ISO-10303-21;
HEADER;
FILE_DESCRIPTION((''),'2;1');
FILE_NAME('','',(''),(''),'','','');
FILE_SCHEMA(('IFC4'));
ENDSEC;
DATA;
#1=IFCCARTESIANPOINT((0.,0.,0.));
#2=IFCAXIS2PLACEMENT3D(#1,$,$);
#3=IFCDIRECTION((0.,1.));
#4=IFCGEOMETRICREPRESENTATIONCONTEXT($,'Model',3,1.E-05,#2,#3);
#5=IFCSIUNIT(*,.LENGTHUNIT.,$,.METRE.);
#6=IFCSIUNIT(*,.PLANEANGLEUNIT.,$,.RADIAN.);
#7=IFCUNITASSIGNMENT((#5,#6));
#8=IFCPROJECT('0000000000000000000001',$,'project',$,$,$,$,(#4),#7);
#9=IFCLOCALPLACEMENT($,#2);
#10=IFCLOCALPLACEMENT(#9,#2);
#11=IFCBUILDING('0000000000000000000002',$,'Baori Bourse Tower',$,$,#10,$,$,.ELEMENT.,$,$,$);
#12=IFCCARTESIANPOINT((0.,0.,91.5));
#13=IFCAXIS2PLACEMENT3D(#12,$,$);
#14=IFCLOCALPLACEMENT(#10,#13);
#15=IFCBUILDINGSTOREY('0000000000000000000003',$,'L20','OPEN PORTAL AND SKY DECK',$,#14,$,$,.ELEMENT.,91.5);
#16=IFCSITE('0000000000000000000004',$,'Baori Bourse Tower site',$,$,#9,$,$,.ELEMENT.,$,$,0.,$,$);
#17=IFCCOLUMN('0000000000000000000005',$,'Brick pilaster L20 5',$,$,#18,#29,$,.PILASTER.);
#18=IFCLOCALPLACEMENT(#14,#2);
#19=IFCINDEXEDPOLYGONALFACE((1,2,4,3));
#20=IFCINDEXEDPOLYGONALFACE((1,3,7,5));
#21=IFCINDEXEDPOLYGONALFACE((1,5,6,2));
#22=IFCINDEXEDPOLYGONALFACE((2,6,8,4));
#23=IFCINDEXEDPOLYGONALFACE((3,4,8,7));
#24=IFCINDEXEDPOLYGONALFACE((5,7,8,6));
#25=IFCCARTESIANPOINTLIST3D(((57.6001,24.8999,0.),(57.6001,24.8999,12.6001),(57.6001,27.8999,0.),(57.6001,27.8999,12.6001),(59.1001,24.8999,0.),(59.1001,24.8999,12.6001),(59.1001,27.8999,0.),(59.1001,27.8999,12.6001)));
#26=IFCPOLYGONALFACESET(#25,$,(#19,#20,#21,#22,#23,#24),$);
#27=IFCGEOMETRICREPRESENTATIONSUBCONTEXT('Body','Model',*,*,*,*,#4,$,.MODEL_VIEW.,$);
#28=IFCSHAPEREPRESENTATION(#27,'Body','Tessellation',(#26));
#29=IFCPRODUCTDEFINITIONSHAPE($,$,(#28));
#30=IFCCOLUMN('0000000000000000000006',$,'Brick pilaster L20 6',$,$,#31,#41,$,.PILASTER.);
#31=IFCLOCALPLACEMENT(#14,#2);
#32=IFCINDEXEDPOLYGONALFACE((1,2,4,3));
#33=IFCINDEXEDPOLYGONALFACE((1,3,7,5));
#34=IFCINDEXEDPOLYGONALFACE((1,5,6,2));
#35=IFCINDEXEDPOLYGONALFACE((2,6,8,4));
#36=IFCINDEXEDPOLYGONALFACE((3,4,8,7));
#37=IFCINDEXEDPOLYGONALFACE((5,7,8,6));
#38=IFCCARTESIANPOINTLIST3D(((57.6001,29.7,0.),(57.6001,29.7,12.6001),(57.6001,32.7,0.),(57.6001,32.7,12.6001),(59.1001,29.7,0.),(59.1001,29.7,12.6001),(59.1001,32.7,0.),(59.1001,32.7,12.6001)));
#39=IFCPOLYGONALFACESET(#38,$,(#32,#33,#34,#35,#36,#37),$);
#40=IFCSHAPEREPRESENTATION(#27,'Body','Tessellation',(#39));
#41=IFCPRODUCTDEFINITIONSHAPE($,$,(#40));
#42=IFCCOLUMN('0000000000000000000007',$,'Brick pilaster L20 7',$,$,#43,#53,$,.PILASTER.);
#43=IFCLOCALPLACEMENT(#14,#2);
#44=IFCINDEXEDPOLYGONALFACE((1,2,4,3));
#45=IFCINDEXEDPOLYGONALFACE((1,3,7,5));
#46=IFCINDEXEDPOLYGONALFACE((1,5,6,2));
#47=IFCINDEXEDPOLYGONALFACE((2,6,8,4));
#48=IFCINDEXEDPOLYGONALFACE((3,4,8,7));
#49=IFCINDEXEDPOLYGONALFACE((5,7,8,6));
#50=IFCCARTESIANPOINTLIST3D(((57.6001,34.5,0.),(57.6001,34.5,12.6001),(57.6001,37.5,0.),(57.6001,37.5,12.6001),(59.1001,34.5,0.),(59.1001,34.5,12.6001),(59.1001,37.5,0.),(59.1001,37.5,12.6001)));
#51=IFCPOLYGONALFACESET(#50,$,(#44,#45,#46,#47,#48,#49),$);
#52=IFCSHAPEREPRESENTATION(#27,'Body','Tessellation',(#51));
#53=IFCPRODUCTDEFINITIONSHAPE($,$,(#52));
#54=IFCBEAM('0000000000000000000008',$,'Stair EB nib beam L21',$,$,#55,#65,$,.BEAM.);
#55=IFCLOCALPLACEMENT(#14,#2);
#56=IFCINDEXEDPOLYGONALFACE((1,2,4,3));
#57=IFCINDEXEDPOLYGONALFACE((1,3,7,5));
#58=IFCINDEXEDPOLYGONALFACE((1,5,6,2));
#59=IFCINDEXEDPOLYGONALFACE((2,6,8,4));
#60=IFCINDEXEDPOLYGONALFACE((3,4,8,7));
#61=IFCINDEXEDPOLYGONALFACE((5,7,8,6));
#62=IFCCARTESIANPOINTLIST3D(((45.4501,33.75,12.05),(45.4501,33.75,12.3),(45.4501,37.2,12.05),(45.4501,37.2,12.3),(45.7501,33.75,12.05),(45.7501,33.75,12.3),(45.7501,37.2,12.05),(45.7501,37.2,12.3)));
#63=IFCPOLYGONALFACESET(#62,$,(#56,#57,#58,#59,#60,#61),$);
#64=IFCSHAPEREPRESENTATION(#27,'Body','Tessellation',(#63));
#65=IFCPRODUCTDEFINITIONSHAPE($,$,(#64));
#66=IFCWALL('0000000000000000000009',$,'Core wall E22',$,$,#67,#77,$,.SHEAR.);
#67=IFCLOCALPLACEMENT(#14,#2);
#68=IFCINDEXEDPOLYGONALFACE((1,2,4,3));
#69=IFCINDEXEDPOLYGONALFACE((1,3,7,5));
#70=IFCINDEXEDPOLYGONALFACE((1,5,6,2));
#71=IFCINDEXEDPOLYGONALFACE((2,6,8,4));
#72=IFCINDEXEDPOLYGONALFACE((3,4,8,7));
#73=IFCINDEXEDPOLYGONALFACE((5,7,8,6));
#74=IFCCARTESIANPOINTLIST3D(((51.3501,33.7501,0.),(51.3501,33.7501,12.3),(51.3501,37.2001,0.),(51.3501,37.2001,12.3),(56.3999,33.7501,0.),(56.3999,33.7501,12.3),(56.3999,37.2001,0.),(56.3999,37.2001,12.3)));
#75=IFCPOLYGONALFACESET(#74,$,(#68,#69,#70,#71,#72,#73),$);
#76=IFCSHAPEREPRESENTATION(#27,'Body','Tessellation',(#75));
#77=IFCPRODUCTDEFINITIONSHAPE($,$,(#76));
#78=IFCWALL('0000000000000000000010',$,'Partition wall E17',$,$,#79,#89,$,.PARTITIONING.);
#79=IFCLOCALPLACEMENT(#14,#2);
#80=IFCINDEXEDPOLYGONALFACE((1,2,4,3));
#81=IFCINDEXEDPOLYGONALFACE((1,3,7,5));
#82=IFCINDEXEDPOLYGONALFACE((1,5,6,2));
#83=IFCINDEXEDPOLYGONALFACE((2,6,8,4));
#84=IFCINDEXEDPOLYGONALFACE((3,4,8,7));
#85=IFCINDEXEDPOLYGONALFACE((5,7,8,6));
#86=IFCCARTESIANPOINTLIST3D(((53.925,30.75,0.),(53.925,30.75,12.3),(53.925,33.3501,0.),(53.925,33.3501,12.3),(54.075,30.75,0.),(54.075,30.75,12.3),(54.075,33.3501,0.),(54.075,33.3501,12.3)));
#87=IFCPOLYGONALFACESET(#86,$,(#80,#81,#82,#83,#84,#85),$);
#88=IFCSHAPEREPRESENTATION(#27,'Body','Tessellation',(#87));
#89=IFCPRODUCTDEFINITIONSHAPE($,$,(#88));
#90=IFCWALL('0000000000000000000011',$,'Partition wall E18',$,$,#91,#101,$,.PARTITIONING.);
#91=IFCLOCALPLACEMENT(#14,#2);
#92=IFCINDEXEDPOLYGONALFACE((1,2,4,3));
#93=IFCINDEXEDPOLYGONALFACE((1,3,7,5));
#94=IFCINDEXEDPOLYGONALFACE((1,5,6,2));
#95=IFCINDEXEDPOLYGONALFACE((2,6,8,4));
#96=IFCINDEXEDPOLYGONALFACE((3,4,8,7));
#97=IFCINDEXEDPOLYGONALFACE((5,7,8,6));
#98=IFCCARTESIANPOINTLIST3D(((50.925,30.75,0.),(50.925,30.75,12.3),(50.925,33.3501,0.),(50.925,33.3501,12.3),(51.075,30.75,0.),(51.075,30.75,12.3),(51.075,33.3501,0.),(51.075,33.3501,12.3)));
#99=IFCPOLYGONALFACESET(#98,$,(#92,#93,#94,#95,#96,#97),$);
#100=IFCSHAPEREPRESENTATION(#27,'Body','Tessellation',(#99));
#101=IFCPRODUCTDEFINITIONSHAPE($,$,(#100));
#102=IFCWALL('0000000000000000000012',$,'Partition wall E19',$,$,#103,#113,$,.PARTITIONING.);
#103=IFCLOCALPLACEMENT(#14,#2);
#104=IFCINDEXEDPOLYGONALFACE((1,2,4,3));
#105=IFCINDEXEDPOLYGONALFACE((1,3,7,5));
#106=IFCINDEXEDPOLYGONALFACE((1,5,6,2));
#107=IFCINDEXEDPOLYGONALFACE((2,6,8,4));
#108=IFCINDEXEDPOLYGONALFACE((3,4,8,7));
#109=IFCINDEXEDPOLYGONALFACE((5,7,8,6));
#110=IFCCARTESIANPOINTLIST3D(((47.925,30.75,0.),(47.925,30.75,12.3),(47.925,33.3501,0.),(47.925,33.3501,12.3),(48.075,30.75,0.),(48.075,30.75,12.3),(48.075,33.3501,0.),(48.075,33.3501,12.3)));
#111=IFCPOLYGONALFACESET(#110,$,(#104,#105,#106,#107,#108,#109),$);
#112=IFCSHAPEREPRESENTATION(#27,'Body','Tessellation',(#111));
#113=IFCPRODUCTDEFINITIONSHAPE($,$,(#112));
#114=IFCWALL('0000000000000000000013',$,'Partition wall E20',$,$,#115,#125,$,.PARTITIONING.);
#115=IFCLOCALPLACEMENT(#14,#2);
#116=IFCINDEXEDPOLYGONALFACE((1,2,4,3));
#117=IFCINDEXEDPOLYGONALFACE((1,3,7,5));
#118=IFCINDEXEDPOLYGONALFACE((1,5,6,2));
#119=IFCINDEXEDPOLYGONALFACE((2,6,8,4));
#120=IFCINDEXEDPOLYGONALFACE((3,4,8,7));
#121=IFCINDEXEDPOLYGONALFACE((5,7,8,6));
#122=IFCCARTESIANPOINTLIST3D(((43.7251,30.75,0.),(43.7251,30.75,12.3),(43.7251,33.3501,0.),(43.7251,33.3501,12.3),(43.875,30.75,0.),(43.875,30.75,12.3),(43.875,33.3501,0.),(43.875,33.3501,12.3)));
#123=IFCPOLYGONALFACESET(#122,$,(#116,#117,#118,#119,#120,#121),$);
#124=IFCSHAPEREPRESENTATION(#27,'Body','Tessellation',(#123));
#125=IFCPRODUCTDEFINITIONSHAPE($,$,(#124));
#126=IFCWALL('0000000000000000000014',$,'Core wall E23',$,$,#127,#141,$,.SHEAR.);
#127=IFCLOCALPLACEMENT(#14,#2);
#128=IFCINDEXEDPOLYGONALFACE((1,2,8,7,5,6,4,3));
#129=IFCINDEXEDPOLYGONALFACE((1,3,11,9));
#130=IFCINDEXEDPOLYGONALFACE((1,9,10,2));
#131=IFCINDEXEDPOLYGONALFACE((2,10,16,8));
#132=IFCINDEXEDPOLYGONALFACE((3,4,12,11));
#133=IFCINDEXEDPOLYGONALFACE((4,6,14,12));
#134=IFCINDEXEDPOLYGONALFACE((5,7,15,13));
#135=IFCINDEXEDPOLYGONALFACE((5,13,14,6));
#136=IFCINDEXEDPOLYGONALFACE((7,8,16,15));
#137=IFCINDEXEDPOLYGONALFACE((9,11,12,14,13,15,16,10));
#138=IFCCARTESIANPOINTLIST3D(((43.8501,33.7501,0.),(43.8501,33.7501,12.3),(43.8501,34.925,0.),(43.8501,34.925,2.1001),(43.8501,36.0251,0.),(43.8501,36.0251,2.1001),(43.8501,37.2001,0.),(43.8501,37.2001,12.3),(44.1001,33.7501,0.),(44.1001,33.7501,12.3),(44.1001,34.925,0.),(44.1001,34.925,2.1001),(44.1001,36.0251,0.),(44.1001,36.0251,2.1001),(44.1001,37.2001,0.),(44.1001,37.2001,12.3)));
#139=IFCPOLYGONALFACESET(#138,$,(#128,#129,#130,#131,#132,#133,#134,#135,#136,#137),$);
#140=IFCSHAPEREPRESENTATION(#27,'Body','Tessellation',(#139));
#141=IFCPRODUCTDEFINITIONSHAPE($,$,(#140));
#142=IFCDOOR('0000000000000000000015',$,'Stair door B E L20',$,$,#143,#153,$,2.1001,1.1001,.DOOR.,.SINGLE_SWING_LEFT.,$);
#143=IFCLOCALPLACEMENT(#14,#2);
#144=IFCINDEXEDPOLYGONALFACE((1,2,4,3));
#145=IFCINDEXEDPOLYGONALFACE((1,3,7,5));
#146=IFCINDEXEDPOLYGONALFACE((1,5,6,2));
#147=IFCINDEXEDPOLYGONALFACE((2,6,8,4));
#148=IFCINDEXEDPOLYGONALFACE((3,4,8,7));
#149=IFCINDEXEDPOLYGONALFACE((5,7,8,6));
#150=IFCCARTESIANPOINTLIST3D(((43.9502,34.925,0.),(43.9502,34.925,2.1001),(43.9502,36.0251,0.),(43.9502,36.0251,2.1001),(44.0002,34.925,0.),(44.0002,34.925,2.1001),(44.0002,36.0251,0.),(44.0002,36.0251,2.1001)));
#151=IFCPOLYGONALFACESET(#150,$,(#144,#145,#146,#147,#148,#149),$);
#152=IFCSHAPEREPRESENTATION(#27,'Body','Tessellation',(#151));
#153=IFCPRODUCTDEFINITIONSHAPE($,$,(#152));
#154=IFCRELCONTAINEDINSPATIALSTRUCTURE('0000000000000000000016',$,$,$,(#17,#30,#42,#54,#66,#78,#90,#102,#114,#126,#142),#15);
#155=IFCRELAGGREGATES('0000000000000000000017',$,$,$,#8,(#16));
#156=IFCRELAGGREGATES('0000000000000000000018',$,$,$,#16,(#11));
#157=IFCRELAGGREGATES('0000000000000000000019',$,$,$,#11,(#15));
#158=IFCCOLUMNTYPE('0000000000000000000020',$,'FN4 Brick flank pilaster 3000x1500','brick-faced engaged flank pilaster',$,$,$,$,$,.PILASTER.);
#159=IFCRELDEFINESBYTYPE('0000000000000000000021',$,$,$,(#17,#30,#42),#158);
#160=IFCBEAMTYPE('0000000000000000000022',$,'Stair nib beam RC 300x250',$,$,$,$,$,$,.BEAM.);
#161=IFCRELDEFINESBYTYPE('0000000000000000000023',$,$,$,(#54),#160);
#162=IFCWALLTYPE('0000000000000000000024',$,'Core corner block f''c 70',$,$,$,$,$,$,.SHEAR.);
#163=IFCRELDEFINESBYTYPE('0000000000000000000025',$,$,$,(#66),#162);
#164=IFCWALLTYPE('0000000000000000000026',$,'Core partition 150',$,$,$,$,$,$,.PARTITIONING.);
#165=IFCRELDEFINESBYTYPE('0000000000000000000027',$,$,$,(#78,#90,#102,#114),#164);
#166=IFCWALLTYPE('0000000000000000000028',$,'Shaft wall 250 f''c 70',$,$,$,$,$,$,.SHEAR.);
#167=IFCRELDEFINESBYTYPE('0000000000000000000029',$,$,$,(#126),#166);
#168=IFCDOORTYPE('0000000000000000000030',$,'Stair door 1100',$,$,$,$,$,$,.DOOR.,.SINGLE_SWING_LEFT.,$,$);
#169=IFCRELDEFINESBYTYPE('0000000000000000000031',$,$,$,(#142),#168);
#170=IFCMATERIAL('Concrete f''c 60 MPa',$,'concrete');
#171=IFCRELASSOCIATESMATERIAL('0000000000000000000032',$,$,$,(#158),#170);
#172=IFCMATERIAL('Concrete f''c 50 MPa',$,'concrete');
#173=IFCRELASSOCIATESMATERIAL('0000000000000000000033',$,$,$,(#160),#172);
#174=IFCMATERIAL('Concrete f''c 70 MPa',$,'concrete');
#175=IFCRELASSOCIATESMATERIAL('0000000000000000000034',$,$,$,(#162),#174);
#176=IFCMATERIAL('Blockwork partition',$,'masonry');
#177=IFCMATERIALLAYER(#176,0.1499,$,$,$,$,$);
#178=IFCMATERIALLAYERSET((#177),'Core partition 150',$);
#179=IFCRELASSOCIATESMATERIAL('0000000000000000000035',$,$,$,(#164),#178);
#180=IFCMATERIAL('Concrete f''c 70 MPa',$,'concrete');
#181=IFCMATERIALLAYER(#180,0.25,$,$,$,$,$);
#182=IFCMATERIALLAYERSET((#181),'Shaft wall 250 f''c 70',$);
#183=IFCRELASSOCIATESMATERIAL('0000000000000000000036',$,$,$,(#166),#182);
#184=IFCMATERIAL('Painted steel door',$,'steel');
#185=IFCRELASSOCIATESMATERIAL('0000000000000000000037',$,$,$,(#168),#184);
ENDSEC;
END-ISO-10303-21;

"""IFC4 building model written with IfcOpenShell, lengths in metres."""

from ifc_helpers import new_model, si_unit, direction, frame, frame_2d, origin, origin_2d, place, context, subcontext, project, spatial, rectangle, extrude, material, layer, layer_set, material_profile, profile_set, type_object, element, fill, save


model = new_model("IFC4")

# Units and contexts
model_context = context("Model", 3, precision=1e-05, world=origin(), true_north=direction((0.0, 1.0)))
body_context = subcontext(model_context, "Body", "Model", "MODEL_VIEW")
ifc_project = project(units=[si_unit("LENGTHUNIT", "METRE"), si_unit("PLANEANGLEUNIT", "RADIAN")], contexts=[model_context])

# Site, building, storey
site_placement = place(None, origin())
site = spatial("IfcSite", under=ifc_project, at=site_placement, Name="Baori Bourse Tower site", CompositionType="ELEMENT", RefElevation=0.0)
building_placement = place(site_placement, origin())
building = spatial("IfcBuilding", under=site, at=building_placement, Name="Baori Bourse Tower", CompositionType="ELEMENT")
storey_placement = place(building_placement, frame((0.0, 0.0, 91.5)))
storey = spatial("IfcBuildingStorey", under=building, at=storey_placement, Name="L20", Description="OPEN PORTAL AND SKY DECK", CompositionType="ELEMENT", Elevation=91.5)

# Columns
ifc_material_1 = material(Name="Concrete f'c 60 MPa", Category="concrete")
ifc_material_profile_1 = material_profile(ifc_material_1, rectangle(XDim=3.0, YDim=1.5, at=origin_2d()), Name="RC 3000x1500")
ifc_profile_set_1 = profile_set([ifc_material_profile_1], Name="Concrete f'c 60 MPa")
column_type = type_object("IfcColumnType", Name="FN4 Brick flank pilaster 3000x1500", Description="brick-faced engaged flank pilaster", PredefinedType="PILASTER", material=ifc_profile_set_1)
for number, where, z_axis, x_axis, name in (
    (1, (58.3501, 26.3999, 0.0), (0.0, 0.0, 1.0), (0.0, 1.0, 0.0), "Brick pilaster L20 5"),
    (2, (58.3501, 31.2, 0.0), (0.0, 0.0, 1.0), (0.0, 1.0, 0.0), "Brick pilaster L20 6"),
    (3, (58.3501, 36.0, 0.0), (0.0, 0.0, 1.0), (0.0, 1.0, 0.0), "Brick pilaster L20 7"),
):
    element("IfcColumn", number, at=place(storey_placement, frame(where, z_axis=z_axis, x_axis=x_axis)), inside=storey, type_object=column_type, Name=name, PredefinedType="PILASTER", context=body_context, shape_type="SweptSolid", body=[
        extrude(rectangle(XDim=3.0, YDim=1.5, at=origin_2d()), origin(), (0.0, 0.0, 1.0), 12.6001),
    ])

# Beam
ifc_material_2 = material(Name="Concrete f'c 50 MPa", Category="concrete")
ifc_material_profile_2 = material_profile(ifc_material_2, rectangle(XDim=0.3, YDim=0.25, at=origin_2d()), Name="RC 300x250")
ifc_profile_set_2 = profile_set([ifc_material_profile_2], Name="Concrete f'c 50 MPa")
beam_type = type_object("IfcBeamType", Name="Stair nib beam RC 300x250", PredefinedType="BEAM", material=ifc_profile_set_2)
beam_placement = place(storey_placement, frame((45.6001, 33.75, 12.175), z_axis=(0.0, 1.0, 0.0), x_axis=(-1.0, 0.0, 0.0)))
element("IfcBeam", 4, at=beam_placement, inside=storey, type_object=beam_type, Name="Stair EB nib beam L21", PredefinedType="BEAM", context=body_context, shape_type="SweptSolid", body=[
    extrude(rectangle(XDim=0.3, YDim=0.25, at=origin_2d()), origin(), (0.0, 0.0, 1.0), 3.45),
])

# Walls
ifc_material_3 = material(Name="Concrete f'c 70 MPa", Category="concrete")
wall_type_1 = type_object("IfcWallType", Name="Core corner block f'c 70", PredefinedType="SHEAR", material=ifc_material_3)
wall_1_placement = place(storey_placement, frame((51.3501, 35.4751, 0.0), z_axis=(0.0, 0.0, 1.0), x_axis=(1.0, 0.0, 0.0)))
element("IfcWall", 5, at=wall_1_placement, inside=storey, type_object=wall_type_1, Name="Core wall E22", PredefinedType="SHEAR", context=body_context, shape_type="SweptSolid", body=[
    extrude(rectangle(XDim=5.0498, YDim=3.45, at=frame_2d((2.5249, 0.0))), origin(), (0.0, 0.0, 1.0), 12.3),
])
ifc_material_4 = material(Name="Blockwork partition", Category="masonry")
ifc_layer_1 = layer(ifc_material_4, 0.1499)
ifc_layer_set_1 = layer_set([ifc_layer_1], Name="Core partition 150")
wall_type_2 = type_object("IfcWallType", Name="Core partition 150", PredefinedType="PARTITIONING", material=ifc_layer_set_1)
for number, where, z_axis, x_axis, name in (
    (6, (54.0, 30.75, 0.0), (0.0, 0.0, 1.0), (0.0, 1.0, 0.0), "Partition wall E17"),
    (7, (51.0, 30.75, 0.0), (0.0, 0.0, 1.0), (0.0, 1.0, 0.0), "Partition wall E18"),
    (8, (48.0, 30.75, 0.0), (0.0, 0.0, 1.0), (0.0, 1.0, 0.0), "Partition wall E19"),
    (9, (43.8, 30.75, 0.0), (0.0, 0.0, 1.0), (0.0, 1.0, 0.0), "Partition wall E20"),
):
    element("IfcWall", number, at=place(storey_placement, frame(where, z_axis=z_axis, x_axis=x_axis)), inside=storey, type_object=wall_type_2, Name=name, PredefinedType="PARTITIONING", context=body_context, shape_type="SweptSolid", body=[
        extrude(rectangle(XDim=2.6001, YDim=0.1499, at=frame_2d((1.3, 0.0))), origin(), (0.0, 0.0, 1.0), 12.3),
    ])

# Wall, opening, door
ifc_material_5 = material(Name="Concrete f'c 70 MPa", Category="concrete")
ifc_layer_2 = layer(ifc_material_5, 0.25)
ifc_layer_set_2 = layer_set([ifc_layer_2], Name="Shaft wall 250 f'c 70")
wall_type_3 = type_object("IfcWallType", Name="Shaft wall 250 f'c 70", PredefinedType="SHEAR", material=ifc_layer_set_2)
wall_2_placement = place(storey_placement, frame((43.9751, 33.75, 0.0), z_axis=(0.0, 0.0, 1.0), x_axis=(0.0, 1.0, 0.0)))
wall_2 = element("IfcWall", 10, at=wall_2_placement, inside=storey, type_object=wall_type_3, Name="Core wall E23", PredefinedType="SHEAR", context=body_context, shape_type="SweptSolid", body=[
    extrude(rectangle(XDim=3.45, YDim=0.25, at=frame_2d((1.7251, 0.0))), origin(), (0.0, 0.0, 1.0), 12.3),
])
opening_1_placement = place(wall_2_placement, frame((1.175, 0.0, 0.0)))
opening_1 = element("IfcOpeningElement", 11, at=opening_1_placement, cuts=wall_2, PredefinedType="OPENING", context=body_context, shape_type="SweptSolid", body=[
    extrude(rectangle(XDim=1.1001, YDim=2.1001, at=frame_2d((0.55, 1.05))), frame((0.0, 0.135, 0.0), z_axis=(0.0, -1.0, 0.0), x_axis=(1.0, 0.0, 0.0)), (0.0, 0.0, 1.0), 0.27),
])
ifc_material_6 = material(Name="Painted steel door", Category="steel")
door_type_1 = type_object("IfcDoorType", Name="Stair door 1100", OperationType="SINGLE_SWING_LEFT", PredefinedType="DOOR", material=ifc_material_6)
door_1_placement = place(opening_1_placement, origin())
door_1 = element("IfcDoor", 12, at=door_1_placement, inside=storey, type_object=door_type_1, Name="Stair door B E L20", OperationType="SINGLE_SWING_LEFT", OverallHeight=2.1001, OverallWidth=1.1001, PredefinedType="DOOR", context=body_context, shape_type="SweptSolid", body=[
    extrude(rectangle(XDim=1.1001, YDim=2.1001, at=frame_2d((0.55, 1.05))), frame((0.0, 0.0249, 0.0), z_axis=(0.0, -1.0, 0.0), x_axis=(1.0, 0.0, 0.0)), (0.0, 0.0, 1.0), 0.05),
])
fill(opening_1, door_1)

save(model, "model.ifc")
